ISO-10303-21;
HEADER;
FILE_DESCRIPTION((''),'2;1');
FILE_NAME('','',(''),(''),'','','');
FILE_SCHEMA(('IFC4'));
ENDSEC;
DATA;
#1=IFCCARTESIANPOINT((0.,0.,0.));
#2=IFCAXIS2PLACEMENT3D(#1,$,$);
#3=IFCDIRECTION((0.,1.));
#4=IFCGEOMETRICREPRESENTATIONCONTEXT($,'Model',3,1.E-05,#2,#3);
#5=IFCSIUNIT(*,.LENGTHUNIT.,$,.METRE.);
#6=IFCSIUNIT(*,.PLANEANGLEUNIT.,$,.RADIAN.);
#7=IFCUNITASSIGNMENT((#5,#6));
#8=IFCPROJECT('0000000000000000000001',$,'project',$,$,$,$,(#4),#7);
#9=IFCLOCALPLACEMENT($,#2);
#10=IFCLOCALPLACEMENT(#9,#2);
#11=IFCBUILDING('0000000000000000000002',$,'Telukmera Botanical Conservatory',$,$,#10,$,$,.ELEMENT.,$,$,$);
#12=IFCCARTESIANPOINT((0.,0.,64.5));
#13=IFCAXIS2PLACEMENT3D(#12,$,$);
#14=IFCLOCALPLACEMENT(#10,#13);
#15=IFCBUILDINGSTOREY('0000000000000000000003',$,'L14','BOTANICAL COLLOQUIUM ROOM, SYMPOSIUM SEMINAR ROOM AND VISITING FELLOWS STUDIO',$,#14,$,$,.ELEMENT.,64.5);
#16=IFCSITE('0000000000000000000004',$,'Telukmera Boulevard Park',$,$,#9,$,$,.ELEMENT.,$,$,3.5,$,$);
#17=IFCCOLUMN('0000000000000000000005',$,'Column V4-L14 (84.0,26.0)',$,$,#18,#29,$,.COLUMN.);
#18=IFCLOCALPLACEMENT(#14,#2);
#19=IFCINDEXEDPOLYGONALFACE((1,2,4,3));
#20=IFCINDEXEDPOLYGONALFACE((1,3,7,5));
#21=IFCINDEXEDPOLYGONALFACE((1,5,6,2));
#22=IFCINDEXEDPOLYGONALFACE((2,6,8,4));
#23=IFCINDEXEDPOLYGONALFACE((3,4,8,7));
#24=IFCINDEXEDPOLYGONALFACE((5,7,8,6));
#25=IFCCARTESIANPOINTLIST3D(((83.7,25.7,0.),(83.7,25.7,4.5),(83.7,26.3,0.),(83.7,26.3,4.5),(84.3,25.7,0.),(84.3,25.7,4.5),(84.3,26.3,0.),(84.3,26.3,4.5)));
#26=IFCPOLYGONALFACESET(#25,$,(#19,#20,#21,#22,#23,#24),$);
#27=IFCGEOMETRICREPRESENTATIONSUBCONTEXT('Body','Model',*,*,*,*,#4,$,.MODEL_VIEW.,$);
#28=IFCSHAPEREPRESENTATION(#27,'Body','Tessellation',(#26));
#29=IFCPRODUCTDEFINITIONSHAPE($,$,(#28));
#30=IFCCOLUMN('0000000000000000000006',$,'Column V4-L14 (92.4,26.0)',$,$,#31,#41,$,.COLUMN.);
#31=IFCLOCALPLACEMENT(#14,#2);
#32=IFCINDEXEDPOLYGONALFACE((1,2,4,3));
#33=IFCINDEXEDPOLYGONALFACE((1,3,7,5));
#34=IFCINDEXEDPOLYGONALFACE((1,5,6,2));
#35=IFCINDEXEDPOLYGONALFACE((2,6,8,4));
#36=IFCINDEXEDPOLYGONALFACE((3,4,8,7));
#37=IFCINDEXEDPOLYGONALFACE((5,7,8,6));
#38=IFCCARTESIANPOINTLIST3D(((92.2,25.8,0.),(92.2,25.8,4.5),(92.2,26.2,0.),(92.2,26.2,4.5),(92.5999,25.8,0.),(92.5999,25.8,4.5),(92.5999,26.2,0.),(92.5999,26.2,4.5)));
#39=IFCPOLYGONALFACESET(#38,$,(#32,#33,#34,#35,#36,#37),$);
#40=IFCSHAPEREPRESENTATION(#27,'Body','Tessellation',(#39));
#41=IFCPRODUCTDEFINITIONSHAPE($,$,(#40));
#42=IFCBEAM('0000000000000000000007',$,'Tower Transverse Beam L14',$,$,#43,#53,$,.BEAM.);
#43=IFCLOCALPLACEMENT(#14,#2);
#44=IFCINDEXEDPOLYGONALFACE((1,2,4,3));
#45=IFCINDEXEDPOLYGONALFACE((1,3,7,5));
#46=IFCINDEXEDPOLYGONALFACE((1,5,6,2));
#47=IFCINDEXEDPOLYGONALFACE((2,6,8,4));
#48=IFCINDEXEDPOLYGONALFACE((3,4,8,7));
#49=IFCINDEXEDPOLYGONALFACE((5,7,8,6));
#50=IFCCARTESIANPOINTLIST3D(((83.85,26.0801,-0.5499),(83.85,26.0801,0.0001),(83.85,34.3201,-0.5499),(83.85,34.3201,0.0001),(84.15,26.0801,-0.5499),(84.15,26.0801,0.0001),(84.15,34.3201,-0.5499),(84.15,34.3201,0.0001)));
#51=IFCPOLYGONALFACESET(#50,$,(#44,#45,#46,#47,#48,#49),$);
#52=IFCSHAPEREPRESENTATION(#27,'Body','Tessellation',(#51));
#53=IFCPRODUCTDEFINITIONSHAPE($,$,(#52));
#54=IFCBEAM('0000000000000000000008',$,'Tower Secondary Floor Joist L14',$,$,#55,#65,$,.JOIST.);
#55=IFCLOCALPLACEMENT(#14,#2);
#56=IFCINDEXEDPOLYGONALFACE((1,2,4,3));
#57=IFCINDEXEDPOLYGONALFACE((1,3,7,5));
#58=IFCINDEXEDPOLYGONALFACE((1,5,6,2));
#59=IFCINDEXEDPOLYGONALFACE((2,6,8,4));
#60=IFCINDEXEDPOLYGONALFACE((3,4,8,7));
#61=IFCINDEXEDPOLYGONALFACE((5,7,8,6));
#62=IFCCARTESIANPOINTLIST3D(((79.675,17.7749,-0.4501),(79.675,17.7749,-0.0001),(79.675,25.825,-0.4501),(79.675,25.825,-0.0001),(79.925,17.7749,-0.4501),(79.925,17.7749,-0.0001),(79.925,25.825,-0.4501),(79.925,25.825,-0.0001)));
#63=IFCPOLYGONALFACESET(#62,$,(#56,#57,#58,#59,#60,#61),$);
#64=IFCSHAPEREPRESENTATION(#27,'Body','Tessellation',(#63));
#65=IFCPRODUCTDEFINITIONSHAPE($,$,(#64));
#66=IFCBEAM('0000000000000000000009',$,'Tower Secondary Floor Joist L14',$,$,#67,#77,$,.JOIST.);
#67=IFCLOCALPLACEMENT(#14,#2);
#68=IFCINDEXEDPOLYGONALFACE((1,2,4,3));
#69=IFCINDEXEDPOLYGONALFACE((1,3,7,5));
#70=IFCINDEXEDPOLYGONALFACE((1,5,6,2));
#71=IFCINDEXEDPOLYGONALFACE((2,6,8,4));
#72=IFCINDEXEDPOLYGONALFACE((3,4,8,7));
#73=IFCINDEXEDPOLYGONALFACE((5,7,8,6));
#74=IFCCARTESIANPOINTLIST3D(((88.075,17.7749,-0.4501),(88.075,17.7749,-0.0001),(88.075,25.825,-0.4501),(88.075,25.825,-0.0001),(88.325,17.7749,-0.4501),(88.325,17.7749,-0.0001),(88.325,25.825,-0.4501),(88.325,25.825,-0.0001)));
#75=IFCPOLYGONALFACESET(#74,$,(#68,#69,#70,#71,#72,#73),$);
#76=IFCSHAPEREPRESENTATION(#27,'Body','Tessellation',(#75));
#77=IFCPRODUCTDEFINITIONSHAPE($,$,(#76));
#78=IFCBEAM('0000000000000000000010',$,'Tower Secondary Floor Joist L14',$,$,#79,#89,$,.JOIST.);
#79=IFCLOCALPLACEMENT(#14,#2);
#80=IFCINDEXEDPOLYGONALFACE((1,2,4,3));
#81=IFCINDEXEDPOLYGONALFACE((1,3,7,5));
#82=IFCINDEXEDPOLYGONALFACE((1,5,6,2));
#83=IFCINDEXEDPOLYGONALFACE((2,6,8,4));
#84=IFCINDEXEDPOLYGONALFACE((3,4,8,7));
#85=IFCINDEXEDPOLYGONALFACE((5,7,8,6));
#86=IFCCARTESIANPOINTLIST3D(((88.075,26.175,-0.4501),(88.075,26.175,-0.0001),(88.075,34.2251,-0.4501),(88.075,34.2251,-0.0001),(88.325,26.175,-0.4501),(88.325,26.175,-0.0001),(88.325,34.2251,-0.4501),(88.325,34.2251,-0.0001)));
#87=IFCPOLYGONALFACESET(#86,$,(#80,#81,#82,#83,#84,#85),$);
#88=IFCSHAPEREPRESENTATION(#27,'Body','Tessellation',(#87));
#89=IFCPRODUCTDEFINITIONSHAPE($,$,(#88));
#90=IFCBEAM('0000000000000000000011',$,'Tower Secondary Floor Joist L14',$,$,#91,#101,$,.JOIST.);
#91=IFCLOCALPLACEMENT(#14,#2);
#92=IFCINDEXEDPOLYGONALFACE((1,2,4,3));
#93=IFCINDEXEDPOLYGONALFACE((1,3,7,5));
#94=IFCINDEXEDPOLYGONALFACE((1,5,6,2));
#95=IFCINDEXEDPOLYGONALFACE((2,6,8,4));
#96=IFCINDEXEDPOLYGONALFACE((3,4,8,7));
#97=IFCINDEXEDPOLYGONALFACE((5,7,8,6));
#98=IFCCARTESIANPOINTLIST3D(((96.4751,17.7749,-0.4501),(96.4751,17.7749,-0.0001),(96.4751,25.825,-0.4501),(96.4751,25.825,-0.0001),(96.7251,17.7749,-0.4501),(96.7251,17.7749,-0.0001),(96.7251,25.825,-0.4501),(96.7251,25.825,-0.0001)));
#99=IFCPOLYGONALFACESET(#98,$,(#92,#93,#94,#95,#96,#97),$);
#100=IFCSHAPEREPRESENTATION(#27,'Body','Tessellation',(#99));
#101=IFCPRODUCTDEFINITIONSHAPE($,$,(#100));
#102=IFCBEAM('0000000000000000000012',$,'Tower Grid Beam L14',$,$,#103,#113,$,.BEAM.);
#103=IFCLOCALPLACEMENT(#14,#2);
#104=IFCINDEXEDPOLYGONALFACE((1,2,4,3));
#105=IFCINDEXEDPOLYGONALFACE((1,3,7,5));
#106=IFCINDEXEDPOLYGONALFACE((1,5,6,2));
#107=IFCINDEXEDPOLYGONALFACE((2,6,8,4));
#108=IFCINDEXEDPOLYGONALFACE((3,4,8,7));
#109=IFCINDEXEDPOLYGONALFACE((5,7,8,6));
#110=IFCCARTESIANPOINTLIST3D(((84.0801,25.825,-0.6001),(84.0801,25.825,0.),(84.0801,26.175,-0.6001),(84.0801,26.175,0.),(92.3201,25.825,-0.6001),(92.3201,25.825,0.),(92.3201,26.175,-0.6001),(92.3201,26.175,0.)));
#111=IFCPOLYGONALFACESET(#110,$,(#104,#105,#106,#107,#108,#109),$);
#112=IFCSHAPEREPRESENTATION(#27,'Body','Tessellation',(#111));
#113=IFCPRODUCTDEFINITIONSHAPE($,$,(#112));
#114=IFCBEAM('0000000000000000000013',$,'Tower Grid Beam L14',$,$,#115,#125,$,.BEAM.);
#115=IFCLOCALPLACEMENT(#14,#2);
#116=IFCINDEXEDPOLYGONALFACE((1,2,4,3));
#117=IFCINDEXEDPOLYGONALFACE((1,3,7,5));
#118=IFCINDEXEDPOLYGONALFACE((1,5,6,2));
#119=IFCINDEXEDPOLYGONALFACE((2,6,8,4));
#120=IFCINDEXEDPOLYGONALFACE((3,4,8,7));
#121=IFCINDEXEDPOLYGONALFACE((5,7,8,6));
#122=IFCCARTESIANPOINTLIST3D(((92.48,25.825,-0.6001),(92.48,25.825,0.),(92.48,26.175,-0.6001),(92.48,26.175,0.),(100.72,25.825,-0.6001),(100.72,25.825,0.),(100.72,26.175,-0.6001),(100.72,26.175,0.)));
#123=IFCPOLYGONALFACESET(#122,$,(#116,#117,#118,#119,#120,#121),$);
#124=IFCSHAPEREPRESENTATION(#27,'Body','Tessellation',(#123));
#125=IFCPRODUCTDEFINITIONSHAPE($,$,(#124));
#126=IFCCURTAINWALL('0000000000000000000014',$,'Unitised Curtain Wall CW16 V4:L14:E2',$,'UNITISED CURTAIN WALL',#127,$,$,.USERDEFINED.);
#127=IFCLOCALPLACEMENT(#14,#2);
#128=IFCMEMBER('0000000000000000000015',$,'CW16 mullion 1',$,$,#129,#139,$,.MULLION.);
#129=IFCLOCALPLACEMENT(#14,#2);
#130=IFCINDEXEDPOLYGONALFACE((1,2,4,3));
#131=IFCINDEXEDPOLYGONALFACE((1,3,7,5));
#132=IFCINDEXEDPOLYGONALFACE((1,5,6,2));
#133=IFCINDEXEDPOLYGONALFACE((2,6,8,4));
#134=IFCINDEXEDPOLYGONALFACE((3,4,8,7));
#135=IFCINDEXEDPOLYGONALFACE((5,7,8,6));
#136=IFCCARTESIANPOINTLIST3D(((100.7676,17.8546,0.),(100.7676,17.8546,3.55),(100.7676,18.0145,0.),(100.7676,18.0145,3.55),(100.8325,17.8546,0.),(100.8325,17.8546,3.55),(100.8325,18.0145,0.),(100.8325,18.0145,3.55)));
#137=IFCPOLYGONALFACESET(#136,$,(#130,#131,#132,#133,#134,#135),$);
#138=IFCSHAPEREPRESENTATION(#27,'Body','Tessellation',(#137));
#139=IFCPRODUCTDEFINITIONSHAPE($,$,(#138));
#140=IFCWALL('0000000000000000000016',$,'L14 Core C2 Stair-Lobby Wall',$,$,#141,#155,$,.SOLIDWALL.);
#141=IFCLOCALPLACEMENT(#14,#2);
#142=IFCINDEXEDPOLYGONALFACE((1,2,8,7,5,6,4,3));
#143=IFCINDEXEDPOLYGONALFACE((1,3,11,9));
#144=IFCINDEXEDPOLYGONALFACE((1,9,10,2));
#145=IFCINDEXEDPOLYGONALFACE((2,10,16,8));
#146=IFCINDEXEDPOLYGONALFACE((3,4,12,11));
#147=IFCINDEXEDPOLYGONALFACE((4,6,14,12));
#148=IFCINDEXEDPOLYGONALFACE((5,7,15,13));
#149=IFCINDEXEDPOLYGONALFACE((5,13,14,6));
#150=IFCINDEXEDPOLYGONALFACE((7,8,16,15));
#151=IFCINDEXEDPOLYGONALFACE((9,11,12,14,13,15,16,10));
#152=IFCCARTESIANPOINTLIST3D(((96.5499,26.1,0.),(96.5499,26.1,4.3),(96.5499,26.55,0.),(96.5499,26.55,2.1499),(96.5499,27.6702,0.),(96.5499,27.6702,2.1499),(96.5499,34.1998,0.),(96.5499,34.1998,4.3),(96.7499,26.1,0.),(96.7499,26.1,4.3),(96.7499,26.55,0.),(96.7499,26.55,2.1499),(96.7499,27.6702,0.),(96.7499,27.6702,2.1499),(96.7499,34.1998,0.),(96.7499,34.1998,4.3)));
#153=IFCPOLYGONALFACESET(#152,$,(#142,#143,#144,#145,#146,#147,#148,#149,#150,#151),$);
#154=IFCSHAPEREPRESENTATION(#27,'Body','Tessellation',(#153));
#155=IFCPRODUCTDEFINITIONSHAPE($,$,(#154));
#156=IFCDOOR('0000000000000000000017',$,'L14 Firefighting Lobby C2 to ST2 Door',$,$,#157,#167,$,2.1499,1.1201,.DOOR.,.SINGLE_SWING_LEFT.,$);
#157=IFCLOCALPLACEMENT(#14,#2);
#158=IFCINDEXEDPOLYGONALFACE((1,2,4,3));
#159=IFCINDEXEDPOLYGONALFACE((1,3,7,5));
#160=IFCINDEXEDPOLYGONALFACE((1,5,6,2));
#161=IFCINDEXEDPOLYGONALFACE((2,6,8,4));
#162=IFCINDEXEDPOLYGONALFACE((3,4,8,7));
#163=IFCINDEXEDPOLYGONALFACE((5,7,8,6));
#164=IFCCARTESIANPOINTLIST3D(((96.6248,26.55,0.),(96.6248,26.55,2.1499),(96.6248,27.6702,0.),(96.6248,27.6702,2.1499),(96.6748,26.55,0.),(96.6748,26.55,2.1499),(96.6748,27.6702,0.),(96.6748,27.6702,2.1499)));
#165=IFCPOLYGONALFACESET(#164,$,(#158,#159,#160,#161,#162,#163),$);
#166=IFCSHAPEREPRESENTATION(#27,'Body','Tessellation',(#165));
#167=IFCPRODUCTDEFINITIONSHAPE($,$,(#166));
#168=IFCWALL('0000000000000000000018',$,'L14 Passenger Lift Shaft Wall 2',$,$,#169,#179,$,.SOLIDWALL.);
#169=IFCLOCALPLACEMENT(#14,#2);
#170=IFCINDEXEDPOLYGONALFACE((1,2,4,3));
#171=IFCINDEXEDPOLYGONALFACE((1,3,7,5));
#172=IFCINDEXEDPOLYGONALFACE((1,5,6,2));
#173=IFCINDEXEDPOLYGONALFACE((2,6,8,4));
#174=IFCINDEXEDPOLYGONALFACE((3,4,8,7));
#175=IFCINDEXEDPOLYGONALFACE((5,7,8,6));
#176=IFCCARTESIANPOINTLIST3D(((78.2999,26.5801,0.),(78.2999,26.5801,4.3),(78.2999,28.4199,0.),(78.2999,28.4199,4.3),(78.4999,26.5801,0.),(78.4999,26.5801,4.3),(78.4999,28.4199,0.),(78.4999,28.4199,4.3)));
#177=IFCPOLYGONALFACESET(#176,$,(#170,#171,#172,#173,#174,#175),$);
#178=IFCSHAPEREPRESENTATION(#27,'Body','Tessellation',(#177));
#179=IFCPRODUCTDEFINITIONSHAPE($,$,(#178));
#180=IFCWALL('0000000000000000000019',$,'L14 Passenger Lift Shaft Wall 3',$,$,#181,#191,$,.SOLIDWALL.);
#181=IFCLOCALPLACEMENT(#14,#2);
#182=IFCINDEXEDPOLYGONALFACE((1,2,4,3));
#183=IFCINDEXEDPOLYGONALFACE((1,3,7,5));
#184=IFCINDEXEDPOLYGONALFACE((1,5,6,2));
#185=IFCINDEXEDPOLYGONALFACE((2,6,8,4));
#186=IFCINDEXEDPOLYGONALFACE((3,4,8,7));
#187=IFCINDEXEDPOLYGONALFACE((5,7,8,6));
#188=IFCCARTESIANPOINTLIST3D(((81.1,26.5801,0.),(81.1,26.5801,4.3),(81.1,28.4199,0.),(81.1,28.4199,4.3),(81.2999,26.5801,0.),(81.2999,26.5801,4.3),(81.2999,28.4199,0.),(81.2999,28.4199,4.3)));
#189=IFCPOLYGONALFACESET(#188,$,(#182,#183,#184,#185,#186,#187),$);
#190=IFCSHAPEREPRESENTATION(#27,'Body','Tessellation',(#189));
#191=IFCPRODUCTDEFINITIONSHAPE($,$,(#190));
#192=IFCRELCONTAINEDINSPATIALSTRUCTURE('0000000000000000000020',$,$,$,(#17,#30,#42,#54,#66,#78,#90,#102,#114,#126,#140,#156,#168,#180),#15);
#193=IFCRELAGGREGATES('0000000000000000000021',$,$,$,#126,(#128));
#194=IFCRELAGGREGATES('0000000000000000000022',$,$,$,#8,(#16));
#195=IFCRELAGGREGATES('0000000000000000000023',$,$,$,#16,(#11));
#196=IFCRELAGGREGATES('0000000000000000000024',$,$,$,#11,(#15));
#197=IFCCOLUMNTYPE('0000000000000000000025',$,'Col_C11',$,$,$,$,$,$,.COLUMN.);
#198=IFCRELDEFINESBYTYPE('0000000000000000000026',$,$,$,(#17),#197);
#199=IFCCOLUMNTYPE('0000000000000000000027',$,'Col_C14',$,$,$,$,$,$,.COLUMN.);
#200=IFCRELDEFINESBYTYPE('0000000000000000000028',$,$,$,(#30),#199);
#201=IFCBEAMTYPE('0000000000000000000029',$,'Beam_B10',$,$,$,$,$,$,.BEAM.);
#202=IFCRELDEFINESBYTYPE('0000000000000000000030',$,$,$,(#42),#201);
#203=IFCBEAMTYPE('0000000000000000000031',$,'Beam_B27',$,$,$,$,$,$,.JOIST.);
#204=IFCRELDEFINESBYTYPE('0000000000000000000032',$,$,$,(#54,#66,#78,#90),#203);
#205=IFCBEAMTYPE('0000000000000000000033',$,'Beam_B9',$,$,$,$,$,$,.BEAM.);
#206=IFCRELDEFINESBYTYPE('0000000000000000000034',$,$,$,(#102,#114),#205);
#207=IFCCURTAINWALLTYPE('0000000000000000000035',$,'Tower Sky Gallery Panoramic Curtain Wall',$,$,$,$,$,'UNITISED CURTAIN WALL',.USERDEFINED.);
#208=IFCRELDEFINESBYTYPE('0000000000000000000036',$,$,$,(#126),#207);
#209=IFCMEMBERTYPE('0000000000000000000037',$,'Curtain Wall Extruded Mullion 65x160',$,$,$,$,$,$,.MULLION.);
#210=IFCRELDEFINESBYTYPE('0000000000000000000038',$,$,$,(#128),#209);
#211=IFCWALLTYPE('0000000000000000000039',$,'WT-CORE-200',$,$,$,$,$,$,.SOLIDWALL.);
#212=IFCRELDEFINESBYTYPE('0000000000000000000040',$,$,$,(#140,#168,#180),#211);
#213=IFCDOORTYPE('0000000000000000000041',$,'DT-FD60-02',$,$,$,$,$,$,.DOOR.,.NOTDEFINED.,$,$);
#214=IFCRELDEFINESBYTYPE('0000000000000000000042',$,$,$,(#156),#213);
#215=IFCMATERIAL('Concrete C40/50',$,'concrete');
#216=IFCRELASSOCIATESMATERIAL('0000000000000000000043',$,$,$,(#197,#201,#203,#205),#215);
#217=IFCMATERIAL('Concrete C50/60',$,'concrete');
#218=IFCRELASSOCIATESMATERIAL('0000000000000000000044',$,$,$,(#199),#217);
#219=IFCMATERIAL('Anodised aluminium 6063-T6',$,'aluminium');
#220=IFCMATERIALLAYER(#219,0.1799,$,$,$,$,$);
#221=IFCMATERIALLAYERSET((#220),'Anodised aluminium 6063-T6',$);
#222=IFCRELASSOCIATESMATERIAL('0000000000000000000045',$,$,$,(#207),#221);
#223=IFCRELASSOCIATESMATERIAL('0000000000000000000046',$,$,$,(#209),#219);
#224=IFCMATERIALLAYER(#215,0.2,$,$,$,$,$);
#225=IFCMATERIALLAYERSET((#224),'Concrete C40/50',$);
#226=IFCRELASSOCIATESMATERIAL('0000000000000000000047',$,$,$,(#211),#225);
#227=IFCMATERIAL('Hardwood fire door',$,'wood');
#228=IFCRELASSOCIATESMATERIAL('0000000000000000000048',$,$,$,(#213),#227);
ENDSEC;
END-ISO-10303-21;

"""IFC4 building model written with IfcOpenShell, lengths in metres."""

from ifc_helpers import new_model, si_unit, direction, frame, frame_2d, origin, origin_2d, place, context, subcontext, project, spatial, rectangle, extrude, material, layer, layer_set, material_profile, profile_set, type_object, element, fill, aggregate, save


model = new_model("IFC4")

# Units and contexts
model_context = context("Model", 3, precision=1e-05, world=origin(), true_north=direction((0.0, 1.0)))
body_context = subcontext(model_context, "Body", "Model", "MODEL_VIEW")
ifc_project = project(units=[si_unit("LENGTHUNIT", "METRE"), si_unit("PLANEANGLEUNIT", "RADIAN")], contexts=[model_context])

# Site, building, storey
site_placement = place(None, origin())
site = spatial("IfcSite", under=ifc_project, at=site_placement, Name="Telukmera Boulevard Park", CompositionType="ELEMENT", RefElevation=3.5)
building_placement = place(site_placement, origin())
building = spatial("IfcBuilding", under=site, at=building_placement, Name="Telukmera Botanical Conservatory", CompositionType="ELEMENT")
storey_placement = place(building_placement, frame((0.0, 0.0, 64.5)))
storey = spatial("IfcBuildingStorey", under=building, at=storey_placement, Name="L14", Description="BOTANICAL COLLOQUIUM ROOM, SYMPOSIUM SEMINAR ROOM AND VISITING FELLOWS STUDIO", CompositionType="ELEMENT", Elevation=64.5)

# Columns
ifc_material_1 = material(Name="Concrete C40/50", Category="concrete")
ifc_material_profile_1 = material_profile(ifc_material_1, rectangle(XDim=0.6001, YDim=0.6001, at=origin_2d()), Name="RC 600x600")
ifc_profile_set_1 = profile_set([ifc_material_profile_1], Name="Concrete C40/50")
column_type_1 = type_object("IfcColumnType", Name="Col_C11", PredefinedType="COLUMN", material=ifc_profile_set_1)
column_1_placement = place(storey_placement, frame((84.0, 26.0, 0.0), z_axis=(0.0, 0.0, 1.0), x_axis=(1.0, 0.0, 0.0)))
element("IfcColumn", 1, at=column_1_placement, inside=storey, type_object=column_type_1, Name="Column V4-L14 (84.0,26.0)", PredefinedType="COLUMN", context=body_context, shape_type="SweptSolid", body=[
    extrude(rectangle(XDim=0.6001, YDim=0.6001, at=origin_2d()), origin(), (0.0, 0.0, 1.0), 4.5),
])
ifc_material_2 = material(Name="Concrete C50/60", Category="concrete")
ifc_material_profile_2 = material_profile(ifc_material_2, rectangle(XDim=0.3999, YDim=0.3999, at=origin_2d()), Name="RC 400x400")
ifc_profile_set_2 = profile_set([ifc_material_profile_2], Name="Concrete C50/60")
column_type_2 = type_object("IfcColumnType", Name="Col_C14", PredefinedType="COLUMN", material=ifc_profile_set_2)
column_2_placement = place(storey_placement, frame((92.3999, 26.0, 0.0), z_axis=(0.0, 0.0, 1.0), x_axis=(1.0, 0.0, 0.0)))
element("IfcColumn", 2, at=column_2_placement, inside=storey, type_object=column_type_2, Name="Column V4-L14 (92.4,26.0)", PredefinedType="COLUMN", context=body_context, shape_type="SweptSolid", body=[
    extrude(rectangle(XDim=0.3999, YDim=0.3999, at=origin_2d()), origin(), (0.0, 0.0, 1.0), 4.5),
])

# Beams
ifc_material_profile_3 = material_profile(ifc_material_1, rectangle(XDim=0.3, YDim=0.55, at=origin_2d()), Name="RC 300x550")
ifc_profile_set_3 = profile_set([ifc_material_profile_3], Name="Concrete C40/50")
beam_type_1 = type_object("IfcBeamType", Name="Beam_B10", PredefinedType="BEAM", material=ifc_profile_set_3)
beam_placement = place(storey_placement, frame((84.0, 26.0801, -0.2749), z_axis=(0.0, 1.0, 0.0), x_axis=(-1.0, 0.0, 0.0)))
element("IfcBeam", 3, at=beam_placement, inside=storey, type_object=beam_type_1, Name="Tower Transverse Beam L14", PredefinedType="BEAM", context=body_context, shape_type="SweptSolid", body=[
    extrude(rectangle(XDim=0.3, YDim=0.55, at=origin_2d()), origin(), (0.0, 0.0, 1.0), 8.24),
])
ifc_material_profile_4 = material_profile(ifc_material_1, rectangle(XDim=0.25, YDim=0.45, at=origin_2d()), Name="RC 250x450")
ifc_profile_set_4 = profile_set([ifc_material_profile_4], Name="Concrete C40/50")
beam_type_2 = type_object("IfcBeamType", Name="Beam_B27", PredefinedType="JOIST", material=ifc_profile_set_4)
for number, where, z_axis, x_axis, name in (
    (4, (79.8, 17.7749, -0.2251), (0.0, 1.0, 0.0), (-1.0, 0.0, 0.0), "Tower Secondary Floor Joist L14"),
    (5, (88.2, 17.7749, -0.2251), (0.0, 1.0, 0.0), (-1.0, 0.0, 0.0), "Tower Secondary Floor Joist L14"),
    (6, (88.2, 26.175, -0.2251), (0.0, 1.0, 0.0), (-1.0, 0.0, 0.0), "Tower Secondary Floor Joist L14"),
    (7, (96.6001, 17.7749, -0.2251), (0.0, 1.0, 0.0), (-1.0, 0.0, 0.0), "Tower Secondary Floor Joist L14"),
):
    element("IfcBeam", number, at=place(storey_placement, frame(where, z_axis=z_axis, x_axis=x_axis)), inside=storey, type_object=beam_type_2, Name=name, PredefinedType="JOIST", context=body_context, shape_type="SweptSolid", body=[
        extrude(rectangle(XDim=0.25, YDim=0.45, at=origin_2d()), origin(), (0.0, 0.0, 1.0), 8.05),
    ])
ifc_material_profile_5 = material_profile(ifc_material_1, rectangle(XDim=0.3501, YDim=0.6001, at=origin_2d()), Name="RC 350x600")
ifc_profile_set_5 = profile_set([ifc_material_profile_5], Name="Concrete C40/50")
beam_type_3 = type_object("IfcBeamType", Name="Beam_B9", PredefinedType="BEAM", material=ifc_profile_set_5)
for number, where, z_axis, x_axis, name in (
    (8, (84.0801, 26.0, -0.3), (1.0, 0.0, 0.0), (0.0, 1.0, 0.0), "Tower Grid Beam L14"),
    (9, (92.48, 26.0, -0.3), (1.0, 0.0, 0.0), (0.0, 1.0, 0.0), "Tower Grid Beam L14"),
):
    element("IfcBeam", number, at=place(storey_placement, frame(where, z_axis=z_axis, x_axis=x_axis)), inside=storey, type_object=beam_type_3, Name=name, PredefinedType="BEAM", context=body_context, shape_type="SweptSolid", body=[
        extrude(rectangle(XDim=0.3501, YDim=0.6001, at=origin_2d()), origin(), (0.0, 0.0, 1.0), 8.24),
    ])

# Curtain wall, member
ifc_material_3 = material(Name="Anodised aluminium 6063-T6", Category="aluminium")
ifc_layer_1 = layer(ifc_material_3, 0.1799)
ifc_layer_set_1 = layer_set([ifc_layer_1], Name="Anodised aluminium 6063-T6")
curtain_wall_type = type_object("IfcCurtainWallType", Name="Tower Sky Gallery Panoramic Curtain Wall", ElementType="UNITISED CURTAIN WALL", PredefinedType="USERDEFINED", material=ifc_layer_set_1)
curtain_wall_placement = place(storey_placement, origin())
curtain_wall = element("IfcCurtainWall", 10, at=curtain_wall_placement, inside=storey, type_object=curtain_wall_type, Name="Unitised Curtain Wall CW16 V4:L14:E2", ObjectType="UNITISED CURTAIN WALL", PredefinedType="USERDEFINED")
ifc_material_profile_6 = material_profile(ifc_material_3, rectangle(XDim=0.0649, YDim=0.1599, at=origin_2d()), Name="ALU MULL 65x160")
ifc_profile_set_6 = profile_set([ifc_material_profile_6], Name="Anodised aluminium 6063-T6")
member_type = type_object("IfcMemberType", Name="Curtain Wall Extruded Mullion 65x160", PredefinedType="MULLION", material=ifc_profile_set_6)
member_placement = place(storey_placement, frame((100.8, 17.9346, 0.0), z_axis=(0.0, 0.0, 1.0), x_axis=(-1.0, 0.0, 0.0)))
member = element("IfcMember", 11, at=member_placement, type_object=member_type, Name="CW16 mullion 1", PredefinedType="MULLION", context=body_context, shape_type="SweptSolid", body=[
    extrude(rectangle(XDim=0.0649, YDim=0.1599, at=origin_2d()), origin(), (0.0, 0.0, 1.0), 3.55),
])
aggregate(curtain_wall, [member])

# Shared definitions
ifc_layer_2 = layer(ifc_material_1, 0.2)
ifc_layer_set_2 = layer_set([ifc_layer_2], Name="Concrete C40/50")
wall_type_1 = type_object("IfcWallType", Name="WT-CORE-200", PredefinedType="SOLIDWALL", material=ifc_layer_set_2)
ifc_material_4 = material(Name="Hardwood fire door", Category="wood")

# Wall, opening, door
wall_1_placement = place(storey_placement, frame((96.6499, 26.1001, 0.0), z_axis=(0.0, 0.0, 1.0), x_axis=(0.0, 1.0, 0.0)))
wall_1 = element("IfcWall", 12, at=wall_1_placement, inside=storey, type_object=wall_type_1, Name="L14 Core C2 Stair-Lobby Wall", PredefinedType="SOLIDWALL", context=body_context, shape_type="SweptSolid", body=[
    extrude(rectangle(XDim=8.0999, YDim=0.2, at=frame_2d((4.0498, 0.0))), origin(), (0.0, 0.0, 1.0), 4.3),
])
opening_1_placement = place(wall_1_placement, frame((0.45, 0.0, 0.0)))
opening_1 = element("IfcOpeningElement", 13, at=opening_1_placement, cuts=wall_1, PredefinedType="OPENING", context=body_context, shape_type="SweptSolid", body=[
    extrude(rectangle(XDim=1.1201, YDim=2.1499, at=frame_2d((0.5601, 1.075))), frame((0.0, 0.1099, 0.0), z_axis=(0.0, -1.0, 0.0), x_axis=(1.0, 0.0, 0.0)), (0.0, 0.0, 1.0), 0.22),
])
door_type_1 = type_object("IfcDoorType", Name="DT-FD60-02", OperationType="NOTDEFINED", PredefinedType="DOOR", material=ifc_material_4)
door_1_placement = place(opening_1_placement, frame((1.1201, 0.0, 0.0), z_axis=(0.0, 0.0, 1.0), x_axis=(-1.0, 0.0, 0.0)))
door_1 = element("IfcDoor", 14, at=door_1_placement, inside=storey, type_object=door_type_1, Name="L14 Firefighting Lobby C2 to ST2 Door", OperationType="SINGLE_SWING_LEFT", OverallHeight=2.1499, OverallWidth=1.1201, PredefinedType="DOOR", context=body_context, shape_type="SweptSolid", body=[
    extrude(rectangle(XDim=1.1201, YDim=2.1499, at=frame_2d((0.5601, 1.075))), frame((0.0, 0.0249, 0.0), z_axis=(0.0, -1.0, 0.0), x_axis=(1.0, 0.0, 0.0)), (0.0, 0.0, 1.0), 0.05),
])
fill(opening_1, door_1)

# Walls
for number, where, z_axis, x_axis, name in (
    (15, (78.3999, 26.5801, 0.0), (0.0, 0.0, 1.0), (0.0, 1.0, 0.0), "L14 Passenger Lift Shaft Wall 2"),
    (16, (81.2, 26.5801, 0.0), (0.0, 0.0, 1.0), (0.0, 1.0, 0.0), "L14 Passenger Lift Shaft Wall 3"),
):
    element("IfcWall", number, at=place(storey_placement, frame(where, z_axis=z_axis, x_axis=x_axis)), inside=storey, type_object=wall_type_1, Name=name, PredefinedType="SOLIDWALL", context=body_context, shape_type="SweptSolid", body=[
        extrude(rectangle(XDim=1.8398, YDim=0.2, at=frame_2d((0.9199, 0.0))), origin(), (0.0, 0.0, 1.0), 4.3),
    ])

save(model, "model.ifc")
